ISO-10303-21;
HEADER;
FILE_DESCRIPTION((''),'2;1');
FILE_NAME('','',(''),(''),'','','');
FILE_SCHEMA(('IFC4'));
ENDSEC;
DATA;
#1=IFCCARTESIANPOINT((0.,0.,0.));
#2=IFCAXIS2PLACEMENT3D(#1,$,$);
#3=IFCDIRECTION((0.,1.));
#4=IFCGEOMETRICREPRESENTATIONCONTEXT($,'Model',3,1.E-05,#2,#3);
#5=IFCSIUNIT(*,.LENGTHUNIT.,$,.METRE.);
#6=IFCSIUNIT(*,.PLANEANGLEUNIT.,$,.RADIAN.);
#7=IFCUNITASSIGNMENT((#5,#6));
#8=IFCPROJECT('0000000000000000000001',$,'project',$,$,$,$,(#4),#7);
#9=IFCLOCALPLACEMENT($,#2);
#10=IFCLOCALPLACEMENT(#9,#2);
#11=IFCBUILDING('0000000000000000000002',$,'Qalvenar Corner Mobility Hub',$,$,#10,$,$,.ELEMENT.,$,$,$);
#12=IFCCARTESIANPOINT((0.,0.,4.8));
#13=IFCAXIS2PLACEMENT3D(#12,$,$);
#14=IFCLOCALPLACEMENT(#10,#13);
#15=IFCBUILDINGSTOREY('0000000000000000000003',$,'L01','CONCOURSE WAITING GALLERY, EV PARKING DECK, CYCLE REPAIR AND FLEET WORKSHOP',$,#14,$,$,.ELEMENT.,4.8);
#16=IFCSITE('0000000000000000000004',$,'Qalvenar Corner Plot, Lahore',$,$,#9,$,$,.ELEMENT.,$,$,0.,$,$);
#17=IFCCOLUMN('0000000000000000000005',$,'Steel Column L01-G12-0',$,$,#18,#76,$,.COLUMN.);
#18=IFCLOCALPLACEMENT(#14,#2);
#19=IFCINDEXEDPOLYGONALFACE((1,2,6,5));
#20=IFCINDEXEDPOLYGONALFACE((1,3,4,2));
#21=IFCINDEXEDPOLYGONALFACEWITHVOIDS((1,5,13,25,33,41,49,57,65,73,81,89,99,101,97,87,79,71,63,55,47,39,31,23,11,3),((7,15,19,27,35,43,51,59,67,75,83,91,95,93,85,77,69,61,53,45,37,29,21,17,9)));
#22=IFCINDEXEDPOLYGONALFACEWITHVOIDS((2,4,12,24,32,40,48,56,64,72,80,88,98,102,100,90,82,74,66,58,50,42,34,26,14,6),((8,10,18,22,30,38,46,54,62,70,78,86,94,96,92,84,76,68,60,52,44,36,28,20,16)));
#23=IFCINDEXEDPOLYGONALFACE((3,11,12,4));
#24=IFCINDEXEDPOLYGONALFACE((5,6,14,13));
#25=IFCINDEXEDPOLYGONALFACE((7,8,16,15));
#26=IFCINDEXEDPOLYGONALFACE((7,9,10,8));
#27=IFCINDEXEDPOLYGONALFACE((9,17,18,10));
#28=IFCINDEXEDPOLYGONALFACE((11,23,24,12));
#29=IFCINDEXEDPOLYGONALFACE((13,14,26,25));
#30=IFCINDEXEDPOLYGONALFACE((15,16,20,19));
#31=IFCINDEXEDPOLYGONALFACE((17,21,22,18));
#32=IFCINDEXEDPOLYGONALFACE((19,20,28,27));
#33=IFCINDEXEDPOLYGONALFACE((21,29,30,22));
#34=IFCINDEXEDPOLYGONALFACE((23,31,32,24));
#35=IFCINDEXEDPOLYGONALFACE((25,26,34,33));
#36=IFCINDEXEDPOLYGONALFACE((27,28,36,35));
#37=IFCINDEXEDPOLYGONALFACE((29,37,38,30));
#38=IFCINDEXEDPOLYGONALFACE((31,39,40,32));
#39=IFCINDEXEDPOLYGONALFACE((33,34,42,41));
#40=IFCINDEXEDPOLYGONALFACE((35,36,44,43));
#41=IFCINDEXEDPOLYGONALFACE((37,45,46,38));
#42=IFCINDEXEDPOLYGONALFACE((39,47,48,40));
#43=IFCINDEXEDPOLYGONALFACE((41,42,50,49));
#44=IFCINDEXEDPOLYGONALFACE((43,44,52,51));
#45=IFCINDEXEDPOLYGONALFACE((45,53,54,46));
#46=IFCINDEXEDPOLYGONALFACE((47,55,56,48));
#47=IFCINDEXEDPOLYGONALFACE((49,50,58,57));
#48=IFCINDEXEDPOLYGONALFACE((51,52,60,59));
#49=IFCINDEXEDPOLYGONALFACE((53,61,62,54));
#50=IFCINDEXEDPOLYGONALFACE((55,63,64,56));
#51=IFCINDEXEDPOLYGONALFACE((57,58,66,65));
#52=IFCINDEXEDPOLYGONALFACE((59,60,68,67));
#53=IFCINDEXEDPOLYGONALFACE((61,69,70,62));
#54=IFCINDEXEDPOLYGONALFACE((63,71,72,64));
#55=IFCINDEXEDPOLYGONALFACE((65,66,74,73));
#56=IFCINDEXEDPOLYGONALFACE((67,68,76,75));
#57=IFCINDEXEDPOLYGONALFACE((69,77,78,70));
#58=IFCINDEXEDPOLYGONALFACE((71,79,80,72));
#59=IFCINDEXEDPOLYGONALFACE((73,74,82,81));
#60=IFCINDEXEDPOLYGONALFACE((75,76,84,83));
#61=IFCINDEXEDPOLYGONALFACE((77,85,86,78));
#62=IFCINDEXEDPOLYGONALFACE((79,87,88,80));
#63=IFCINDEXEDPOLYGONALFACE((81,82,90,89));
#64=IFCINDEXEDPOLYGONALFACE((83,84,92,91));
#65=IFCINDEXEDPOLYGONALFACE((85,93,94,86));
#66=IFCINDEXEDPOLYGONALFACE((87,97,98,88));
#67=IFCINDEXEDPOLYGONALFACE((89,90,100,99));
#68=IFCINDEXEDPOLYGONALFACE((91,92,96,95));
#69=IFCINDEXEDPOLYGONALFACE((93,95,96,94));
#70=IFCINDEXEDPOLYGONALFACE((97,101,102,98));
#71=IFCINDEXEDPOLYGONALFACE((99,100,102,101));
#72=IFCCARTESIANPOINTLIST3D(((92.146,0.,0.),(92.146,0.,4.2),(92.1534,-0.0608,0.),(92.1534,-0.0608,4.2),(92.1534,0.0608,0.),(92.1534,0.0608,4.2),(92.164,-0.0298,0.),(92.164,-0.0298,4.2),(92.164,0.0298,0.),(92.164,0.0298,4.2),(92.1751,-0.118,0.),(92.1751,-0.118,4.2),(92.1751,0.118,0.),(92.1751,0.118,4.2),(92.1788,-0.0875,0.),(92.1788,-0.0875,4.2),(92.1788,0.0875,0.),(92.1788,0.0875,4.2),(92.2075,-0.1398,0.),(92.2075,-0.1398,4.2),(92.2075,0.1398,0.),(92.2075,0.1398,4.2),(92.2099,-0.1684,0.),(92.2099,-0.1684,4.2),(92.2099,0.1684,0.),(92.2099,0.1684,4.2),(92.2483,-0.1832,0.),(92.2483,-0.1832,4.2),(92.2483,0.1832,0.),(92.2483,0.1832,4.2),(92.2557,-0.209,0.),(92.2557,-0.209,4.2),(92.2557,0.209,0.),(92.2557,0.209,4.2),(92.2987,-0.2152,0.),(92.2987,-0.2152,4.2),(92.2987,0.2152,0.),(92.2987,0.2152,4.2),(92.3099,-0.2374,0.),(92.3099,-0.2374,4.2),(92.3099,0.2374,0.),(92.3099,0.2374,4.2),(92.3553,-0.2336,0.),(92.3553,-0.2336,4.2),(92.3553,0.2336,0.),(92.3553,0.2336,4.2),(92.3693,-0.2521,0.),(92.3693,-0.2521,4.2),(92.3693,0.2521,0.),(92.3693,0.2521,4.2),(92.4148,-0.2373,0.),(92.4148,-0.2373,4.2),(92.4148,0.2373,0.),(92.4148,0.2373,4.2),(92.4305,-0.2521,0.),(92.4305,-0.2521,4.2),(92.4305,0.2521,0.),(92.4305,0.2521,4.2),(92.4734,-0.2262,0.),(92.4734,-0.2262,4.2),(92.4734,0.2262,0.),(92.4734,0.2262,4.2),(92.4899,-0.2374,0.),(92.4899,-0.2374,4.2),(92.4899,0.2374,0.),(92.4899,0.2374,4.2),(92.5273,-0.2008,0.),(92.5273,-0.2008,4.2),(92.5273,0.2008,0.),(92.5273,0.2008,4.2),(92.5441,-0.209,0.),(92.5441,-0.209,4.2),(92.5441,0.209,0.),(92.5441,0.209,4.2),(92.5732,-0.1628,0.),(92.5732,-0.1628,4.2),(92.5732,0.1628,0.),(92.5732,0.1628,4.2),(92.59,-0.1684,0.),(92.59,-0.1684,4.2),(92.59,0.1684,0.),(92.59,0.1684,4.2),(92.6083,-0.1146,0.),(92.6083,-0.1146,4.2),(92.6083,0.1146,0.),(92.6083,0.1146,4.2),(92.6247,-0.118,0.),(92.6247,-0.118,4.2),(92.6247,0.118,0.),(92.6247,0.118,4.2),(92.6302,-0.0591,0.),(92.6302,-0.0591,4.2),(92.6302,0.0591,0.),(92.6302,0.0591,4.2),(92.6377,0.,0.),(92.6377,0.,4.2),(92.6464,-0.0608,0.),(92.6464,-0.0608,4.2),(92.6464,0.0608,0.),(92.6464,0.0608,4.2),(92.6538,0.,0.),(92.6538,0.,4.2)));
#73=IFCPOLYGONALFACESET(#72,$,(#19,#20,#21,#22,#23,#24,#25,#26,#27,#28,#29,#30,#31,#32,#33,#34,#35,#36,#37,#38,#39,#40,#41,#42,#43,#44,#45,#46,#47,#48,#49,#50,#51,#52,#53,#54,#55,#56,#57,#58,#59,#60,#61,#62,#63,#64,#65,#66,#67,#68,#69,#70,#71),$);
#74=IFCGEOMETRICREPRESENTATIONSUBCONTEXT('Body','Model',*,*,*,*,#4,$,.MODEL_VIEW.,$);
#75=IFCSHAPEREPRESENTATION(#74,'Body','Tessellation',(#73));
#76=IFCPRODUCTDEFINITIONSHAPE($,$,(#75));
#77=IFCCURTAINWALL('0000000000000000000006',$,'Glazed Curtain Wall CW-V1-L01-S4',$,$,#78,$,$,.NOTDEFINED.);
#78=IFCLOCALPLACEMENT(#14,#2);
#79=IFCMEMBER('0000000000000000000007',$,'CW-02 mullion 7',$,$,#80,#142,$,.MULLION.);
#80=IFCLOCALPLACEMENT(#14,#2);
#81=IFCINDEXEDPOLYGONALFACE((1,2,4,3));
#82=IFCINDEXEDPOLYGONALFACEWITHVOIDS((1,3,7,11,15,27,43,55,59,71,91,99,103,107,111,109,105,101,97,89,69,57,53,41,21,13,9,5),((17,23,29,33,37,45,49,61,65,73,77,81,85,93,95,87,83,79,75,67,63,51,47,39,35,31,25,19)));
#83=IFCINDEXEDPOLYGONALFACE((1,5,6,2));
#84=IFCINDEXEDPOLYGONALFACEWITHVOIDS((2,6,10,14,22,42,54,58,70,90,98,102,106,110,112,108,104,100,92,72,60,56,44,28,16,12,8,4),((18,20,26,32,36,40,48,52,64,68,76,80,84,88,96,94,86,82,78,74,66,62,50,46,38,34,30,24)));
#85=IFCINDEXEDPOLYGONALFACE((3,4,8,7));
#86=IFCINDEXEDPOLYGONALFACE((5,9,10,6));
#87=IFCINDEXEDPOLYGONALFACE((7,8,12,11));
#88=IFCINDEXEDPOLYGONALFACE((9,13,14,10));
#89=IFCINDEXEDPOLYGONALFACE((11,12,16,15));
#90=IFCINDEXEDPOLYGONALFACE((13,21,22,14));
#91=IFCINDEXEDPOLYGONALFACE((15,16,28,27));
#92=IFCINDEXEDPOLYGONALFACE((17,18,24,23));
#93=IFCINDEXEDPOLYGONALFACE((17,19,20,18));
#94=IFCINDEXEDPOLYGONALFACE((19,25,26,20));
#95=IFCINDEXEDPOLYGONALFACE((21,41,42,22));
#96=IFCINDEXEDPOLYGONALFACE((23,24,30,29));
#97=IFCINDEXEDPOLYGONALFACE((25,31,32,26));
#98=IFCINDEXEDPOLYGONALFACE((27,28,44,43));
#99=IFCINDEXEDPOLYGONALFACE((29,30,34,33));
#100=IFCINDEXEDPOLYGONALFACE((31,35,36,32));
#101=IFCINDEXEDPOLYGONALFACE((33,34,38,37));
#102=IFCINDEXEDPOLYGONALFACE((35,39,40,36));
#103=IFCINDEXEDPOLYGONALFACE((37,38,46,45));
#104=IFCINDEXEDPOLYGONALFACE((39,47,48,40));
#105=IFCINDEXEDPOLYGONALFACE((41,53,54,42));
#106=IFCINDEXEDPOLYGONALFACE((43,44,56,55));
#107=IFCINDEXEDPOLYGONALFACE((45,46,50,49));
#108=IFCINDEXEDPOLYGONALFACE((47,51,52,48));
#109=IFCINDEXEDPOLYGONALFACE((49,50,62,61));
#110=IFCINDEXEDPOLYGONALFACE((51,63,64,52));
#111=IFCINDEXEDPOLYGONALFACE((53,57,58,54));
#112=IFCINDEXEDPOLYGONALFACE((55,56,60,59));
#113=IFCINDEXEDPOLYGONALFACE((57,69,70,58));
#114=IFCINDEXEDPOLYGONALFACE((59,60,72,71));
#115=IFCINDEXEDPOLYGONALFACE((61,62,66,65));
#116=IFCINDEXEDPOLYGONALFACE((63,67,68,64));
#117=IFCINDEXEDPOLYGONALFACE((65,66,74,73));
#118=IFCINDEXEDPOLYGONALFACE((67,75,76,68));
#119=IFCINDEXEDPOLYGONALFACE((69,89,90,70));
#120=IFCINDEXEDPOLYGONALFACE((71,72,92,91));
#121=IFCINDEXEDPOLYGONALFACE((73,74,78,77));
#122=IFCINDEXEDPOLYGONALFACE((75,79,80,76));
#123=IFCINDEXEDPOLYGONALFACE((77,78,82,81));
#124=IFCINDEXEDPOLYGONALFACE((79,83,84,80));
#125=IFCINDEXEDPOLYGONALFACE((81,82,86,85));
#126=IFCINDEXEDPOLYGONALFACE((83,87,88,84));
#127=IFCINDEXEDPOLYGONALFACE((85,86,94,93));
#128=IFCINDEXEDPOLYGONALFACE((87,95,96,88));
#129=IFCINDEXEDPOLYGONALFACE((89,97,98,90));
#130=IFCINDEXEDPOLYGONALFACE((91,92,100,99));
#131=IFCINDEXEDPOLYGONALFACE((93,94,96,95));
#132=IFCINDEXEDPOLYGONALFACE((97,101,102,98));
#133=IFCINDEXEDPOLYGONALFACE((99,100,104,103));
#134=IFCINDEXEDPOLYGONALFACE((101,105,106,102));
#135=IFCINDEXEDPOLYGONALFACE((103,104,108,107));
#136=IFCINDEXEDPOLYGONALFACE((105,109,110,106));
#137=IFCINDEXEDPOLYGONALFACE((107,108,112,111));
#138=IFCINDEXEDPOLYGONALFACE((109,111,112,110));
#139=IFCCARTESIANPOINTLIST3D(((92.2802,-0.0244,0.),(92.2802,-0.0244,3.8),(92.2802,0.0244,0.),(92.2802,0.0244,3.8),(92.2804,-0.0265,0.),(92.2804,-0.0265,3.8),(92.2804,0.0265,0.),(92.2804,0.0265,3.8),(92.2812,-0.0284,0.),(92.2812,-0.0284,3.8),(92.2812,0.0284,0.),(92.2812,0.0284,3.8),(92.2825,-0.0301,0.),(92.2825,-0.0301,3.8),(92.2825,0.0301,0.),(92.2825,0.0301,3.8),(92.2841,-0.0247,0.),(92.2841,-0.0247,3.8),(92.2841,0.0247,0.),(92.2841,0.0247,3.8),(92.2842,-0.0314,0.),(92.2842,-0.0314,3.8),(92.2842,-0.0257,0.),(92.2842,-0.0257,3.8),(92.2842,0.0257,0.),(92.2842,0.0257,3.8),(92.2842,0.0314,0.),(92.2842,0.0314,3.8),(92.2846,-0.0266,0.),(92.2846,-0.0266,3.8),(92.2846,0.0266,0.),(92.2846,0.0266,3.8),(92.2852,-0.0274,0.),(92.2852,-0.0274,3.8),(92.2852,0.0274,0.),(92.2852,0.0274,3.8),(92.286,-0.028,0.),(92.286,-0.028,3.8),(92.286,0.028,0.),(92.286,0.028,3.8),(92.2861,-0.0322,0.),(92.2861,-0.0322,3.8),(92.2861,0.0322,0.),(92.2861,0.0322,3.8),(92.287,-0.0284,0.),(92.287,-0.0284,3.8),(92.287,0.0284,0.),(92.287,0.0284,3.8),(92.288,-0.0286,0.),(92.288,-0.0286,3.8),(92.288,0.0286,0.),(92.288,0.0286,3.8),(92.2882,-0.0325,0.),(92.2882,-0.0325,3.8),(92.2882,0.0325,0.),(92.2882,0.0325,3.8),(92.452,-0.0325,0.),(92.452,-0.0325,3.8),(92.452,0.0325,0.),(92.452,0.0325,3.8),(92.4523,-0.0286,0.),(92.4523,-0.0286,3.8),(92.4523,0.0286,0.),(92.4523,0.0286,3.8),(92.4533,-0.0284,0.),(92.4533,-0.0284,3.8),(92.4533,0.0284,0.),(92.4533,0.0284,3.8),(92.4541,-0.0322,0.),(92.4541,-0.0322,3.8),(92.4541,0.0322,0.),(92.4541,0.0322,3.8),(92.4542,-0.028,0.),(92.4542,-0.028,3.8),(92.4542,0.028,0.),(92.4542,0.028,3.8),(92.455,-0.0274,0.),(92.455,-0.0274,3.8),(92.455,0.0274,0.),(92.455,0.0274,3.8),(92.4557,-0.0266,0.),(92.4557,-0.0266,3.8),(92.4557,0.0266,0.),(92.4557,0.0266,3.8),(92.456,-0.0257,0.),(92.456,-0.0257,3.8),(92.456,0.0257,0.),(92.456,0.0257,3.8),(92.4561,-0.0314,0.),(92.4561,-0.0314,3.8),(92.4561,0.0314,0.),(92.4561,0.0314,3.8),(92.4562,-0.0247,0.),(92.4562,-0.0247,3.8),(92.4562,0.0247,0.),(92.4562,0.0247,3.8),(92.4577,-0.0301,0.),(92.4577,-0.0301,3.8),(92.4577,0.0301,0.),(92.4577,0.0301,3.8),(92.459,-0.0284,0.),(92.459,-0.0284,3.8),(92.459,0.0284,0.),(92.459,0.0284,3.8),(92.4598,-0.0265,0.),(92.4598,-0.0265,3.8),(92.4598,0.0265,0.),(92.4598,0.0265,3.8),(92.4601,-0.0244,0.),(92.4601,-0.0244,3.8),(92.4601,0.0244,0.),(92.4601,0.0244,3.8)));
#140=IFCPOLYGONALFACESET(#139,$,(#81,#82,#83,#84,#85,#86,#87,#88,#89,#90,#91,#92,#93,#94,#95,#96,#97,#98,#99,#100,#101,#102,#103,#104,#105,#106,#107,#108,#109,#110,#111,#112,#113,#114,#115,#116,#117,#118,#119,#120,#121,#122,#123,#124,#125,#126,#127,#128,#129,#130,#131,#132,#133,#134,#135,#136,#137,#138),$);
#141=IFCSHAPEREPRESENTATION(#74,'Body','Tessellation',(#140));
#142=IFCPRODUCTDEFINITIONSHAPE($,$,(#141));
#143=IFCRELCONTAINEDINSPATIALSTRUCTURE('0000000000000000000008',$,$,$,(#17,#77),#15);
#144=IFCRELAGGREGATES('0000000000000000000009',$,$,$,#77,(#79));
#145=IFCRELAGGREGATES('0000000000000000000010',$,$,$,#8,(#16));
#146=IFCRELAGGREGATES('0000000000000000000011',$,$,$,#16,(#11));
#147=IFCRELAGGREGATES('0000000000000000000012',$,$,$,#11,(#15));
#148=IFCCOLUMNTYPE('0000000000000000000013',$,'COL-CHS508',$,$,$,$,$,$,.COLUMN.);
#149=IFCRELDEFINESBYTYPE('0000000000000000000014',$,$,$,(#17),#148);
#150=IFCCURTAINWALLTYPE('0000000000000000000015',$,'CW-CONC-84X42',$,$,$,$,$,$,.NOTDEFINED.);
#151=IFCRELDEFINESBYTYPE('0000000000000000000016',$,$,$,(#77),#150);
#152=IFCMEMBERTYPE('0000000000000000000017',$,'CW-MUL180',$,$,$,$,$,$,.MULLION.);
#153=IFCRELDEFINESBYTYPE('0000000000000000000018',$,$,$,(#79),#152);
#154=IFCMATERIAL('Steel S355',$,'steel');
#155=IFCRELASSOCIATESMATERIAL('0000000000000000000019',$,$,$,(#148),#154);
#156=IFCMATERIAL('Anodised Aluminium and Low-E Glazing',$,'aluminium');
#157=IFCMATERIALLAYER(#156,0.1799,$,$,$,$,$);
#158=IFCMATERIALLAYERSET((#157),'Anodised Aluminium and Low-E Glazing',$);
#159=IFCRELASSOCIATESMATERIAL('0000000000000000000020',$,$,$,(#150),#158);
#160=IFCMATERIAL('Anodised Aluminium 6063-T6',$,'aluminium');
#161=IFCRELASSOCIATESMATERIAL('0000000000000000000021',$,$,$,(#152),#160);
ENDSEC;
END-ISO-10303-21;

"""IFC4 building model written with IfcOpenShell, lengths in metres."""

from ifc_helpers import new_model, si_unit, direction, frame, origin, origin_2d, place, context, subcontext, project, spatial, hollow_rectangle, hollow_circle, extrude, material, layer, layer_set, material_profile, profile_set, type_object, element, aggregate, save


model = new_model("IFC4")

# Units and contexts
model_context = context("Model", 3, precision=1e-05, world=origin(), true_north=direction((0.0, 1.0)))
body_context = subcontext(model_context, "Body", "Model", "MODEL_VIEW")
ifc_project = project(units=[si_unit("LENGTHUNIT", "METRE"), si_unit("PLANEANGLEUNIT", "RADIAN")], contexts=[model_context])

# Site, building, storey
site_placement = place(None, origin())
site = spatial("IfcSite", under=ifc_project, at=site_placement, Name="Qalvenar Corner Plot, Lahore", CompositionType="ELEMENT", RefElevation=0.0)
building_placement = place(site_placement, origin())
building = spatial("IfcBuilding", under=site, at=building_placement, Name="Qalvenar Corner Mobility Hub", CompositionType="ELEMENT")
storey_placement = place(building_placement, frame((0.0, 0.0, 4.8)))
storey = spatial("IfcBuildingStorey", under=building, at=storey_placement, Name="L01", Description="CONCOURSE WAITING GALLERY, EV PARKING DECK, CYCLE REPAIR AND FLEET WORKSHOP", CompositionType="ELEMENT", Elevation=4.8)

# Column
ifc_material_1 = material(Name="Steel S355", Category="steel")
ifc_material_profile_1 = material_profile(ifc_material_1, hollow_circle(Radius=0.2539, WallThickness=0.0161, at=origin_2d()), Name="CHS508x16")
ifc_profile_set_1 = profile_set([ifc_material_profile_1], Name="Steel S355")
column_type = type_object("IfcColumnType", Name="COL-CHS508", PredefinedType="COLUMN", material=ifc_profile_set_1)
column_placement = place(storey_placement, frame((92.3999, 0.0, 0.0), z_axis=(0.0, 0.0, 1.0), x_axis=(1.0, 0.0, 0.0)))
element("IfcColumn", 1, at=column_placement, inside=storey, type_object=column_type, Name="Steel Column L01-G12-0", PredefinedType="COLUMN", context=body_context, shape_type="SweptSolid", body=[
    extrude(hollow_circle(Radius=0.2539, WallThickness=0.0161, at=origin_2d()), origin(), (0.0, 0.0, 1.0), 4.2),
])

# Curtain wall, member
ifc_material_2 = material(Name="Anodised Aluminium and Low-E Glazing", Category="aluminium")
ifc_layer_1 = layer(ifc_material_2, 0.1799)
ifc_layer_set_1 = layer_set([ifc_layer_1], Name="Anodised Aluminium and Low-E Glazing")
curtain_wall_type = type_object("IfcCurtainWallType", Name="CW-CONC-84X42", PredefinedType="NOTDEFINED", material=ifc_layer_set_1)
curtain_wall_1_placement = place(storey_placement, origin())
curtain_wall_1 = element("IfcCurtainWall", 2, at=curtain_wall_1_placement, inside=storey, type_object=curtain_wall_type, Name="Glazed Curtain Wall CW-V1-L01-S4", PredefinedType="NOTDEFINED")
ifc_material_3 = material(Name="Anodised Aluminium 6063-T6", Category="aluminium")
ifc_material_profile_2 = material_profile(ifc_material_3, hollow_rectangle(XDim=0.0649, YDim=0.1799, WallThickness=0.0039, InnerFilletRadius=0.0039, OuterFilletRadius=0.0081, at=origin_2d()), Name="RHS180x65x4")
ifc_profile_set_2 = profile_set([ifc_material_profile_2], Name="Anodised Aluminium 6063-T6")
member_type_1 = type_object("IfcMemberType", Name="CW-MUL180", PredefinedType="MULLION", material=ifc_profile_set_2)
member_1_placement = place(storey_placement, frame((92.3701, 0.0, 0.0), z_axis=(0.0, 0.0, 1.0), x_axis=(0.0, 1.0, 0.0)))
member_1 = element("IfcMember", 3, at=member_1_placement, type_object=member_type_1, Name="CW-02 mullion 7", PredefinedType="MULLION", context=body_context, shape_type="SweptSolid", body=[
    extrude(hollow_rectangle(XDim=0.0649, YDim=0.1799, WallThickness=0.0039, InnerFilletRadius=0.0039, OuterFilletRadius=0.0081, at=origin_2d()), origin(), (0.0, 0.0, 1.0), 3.8),
])

aggregate(curtain_wall_1, [member_1])

save(model, "model.ifc")
